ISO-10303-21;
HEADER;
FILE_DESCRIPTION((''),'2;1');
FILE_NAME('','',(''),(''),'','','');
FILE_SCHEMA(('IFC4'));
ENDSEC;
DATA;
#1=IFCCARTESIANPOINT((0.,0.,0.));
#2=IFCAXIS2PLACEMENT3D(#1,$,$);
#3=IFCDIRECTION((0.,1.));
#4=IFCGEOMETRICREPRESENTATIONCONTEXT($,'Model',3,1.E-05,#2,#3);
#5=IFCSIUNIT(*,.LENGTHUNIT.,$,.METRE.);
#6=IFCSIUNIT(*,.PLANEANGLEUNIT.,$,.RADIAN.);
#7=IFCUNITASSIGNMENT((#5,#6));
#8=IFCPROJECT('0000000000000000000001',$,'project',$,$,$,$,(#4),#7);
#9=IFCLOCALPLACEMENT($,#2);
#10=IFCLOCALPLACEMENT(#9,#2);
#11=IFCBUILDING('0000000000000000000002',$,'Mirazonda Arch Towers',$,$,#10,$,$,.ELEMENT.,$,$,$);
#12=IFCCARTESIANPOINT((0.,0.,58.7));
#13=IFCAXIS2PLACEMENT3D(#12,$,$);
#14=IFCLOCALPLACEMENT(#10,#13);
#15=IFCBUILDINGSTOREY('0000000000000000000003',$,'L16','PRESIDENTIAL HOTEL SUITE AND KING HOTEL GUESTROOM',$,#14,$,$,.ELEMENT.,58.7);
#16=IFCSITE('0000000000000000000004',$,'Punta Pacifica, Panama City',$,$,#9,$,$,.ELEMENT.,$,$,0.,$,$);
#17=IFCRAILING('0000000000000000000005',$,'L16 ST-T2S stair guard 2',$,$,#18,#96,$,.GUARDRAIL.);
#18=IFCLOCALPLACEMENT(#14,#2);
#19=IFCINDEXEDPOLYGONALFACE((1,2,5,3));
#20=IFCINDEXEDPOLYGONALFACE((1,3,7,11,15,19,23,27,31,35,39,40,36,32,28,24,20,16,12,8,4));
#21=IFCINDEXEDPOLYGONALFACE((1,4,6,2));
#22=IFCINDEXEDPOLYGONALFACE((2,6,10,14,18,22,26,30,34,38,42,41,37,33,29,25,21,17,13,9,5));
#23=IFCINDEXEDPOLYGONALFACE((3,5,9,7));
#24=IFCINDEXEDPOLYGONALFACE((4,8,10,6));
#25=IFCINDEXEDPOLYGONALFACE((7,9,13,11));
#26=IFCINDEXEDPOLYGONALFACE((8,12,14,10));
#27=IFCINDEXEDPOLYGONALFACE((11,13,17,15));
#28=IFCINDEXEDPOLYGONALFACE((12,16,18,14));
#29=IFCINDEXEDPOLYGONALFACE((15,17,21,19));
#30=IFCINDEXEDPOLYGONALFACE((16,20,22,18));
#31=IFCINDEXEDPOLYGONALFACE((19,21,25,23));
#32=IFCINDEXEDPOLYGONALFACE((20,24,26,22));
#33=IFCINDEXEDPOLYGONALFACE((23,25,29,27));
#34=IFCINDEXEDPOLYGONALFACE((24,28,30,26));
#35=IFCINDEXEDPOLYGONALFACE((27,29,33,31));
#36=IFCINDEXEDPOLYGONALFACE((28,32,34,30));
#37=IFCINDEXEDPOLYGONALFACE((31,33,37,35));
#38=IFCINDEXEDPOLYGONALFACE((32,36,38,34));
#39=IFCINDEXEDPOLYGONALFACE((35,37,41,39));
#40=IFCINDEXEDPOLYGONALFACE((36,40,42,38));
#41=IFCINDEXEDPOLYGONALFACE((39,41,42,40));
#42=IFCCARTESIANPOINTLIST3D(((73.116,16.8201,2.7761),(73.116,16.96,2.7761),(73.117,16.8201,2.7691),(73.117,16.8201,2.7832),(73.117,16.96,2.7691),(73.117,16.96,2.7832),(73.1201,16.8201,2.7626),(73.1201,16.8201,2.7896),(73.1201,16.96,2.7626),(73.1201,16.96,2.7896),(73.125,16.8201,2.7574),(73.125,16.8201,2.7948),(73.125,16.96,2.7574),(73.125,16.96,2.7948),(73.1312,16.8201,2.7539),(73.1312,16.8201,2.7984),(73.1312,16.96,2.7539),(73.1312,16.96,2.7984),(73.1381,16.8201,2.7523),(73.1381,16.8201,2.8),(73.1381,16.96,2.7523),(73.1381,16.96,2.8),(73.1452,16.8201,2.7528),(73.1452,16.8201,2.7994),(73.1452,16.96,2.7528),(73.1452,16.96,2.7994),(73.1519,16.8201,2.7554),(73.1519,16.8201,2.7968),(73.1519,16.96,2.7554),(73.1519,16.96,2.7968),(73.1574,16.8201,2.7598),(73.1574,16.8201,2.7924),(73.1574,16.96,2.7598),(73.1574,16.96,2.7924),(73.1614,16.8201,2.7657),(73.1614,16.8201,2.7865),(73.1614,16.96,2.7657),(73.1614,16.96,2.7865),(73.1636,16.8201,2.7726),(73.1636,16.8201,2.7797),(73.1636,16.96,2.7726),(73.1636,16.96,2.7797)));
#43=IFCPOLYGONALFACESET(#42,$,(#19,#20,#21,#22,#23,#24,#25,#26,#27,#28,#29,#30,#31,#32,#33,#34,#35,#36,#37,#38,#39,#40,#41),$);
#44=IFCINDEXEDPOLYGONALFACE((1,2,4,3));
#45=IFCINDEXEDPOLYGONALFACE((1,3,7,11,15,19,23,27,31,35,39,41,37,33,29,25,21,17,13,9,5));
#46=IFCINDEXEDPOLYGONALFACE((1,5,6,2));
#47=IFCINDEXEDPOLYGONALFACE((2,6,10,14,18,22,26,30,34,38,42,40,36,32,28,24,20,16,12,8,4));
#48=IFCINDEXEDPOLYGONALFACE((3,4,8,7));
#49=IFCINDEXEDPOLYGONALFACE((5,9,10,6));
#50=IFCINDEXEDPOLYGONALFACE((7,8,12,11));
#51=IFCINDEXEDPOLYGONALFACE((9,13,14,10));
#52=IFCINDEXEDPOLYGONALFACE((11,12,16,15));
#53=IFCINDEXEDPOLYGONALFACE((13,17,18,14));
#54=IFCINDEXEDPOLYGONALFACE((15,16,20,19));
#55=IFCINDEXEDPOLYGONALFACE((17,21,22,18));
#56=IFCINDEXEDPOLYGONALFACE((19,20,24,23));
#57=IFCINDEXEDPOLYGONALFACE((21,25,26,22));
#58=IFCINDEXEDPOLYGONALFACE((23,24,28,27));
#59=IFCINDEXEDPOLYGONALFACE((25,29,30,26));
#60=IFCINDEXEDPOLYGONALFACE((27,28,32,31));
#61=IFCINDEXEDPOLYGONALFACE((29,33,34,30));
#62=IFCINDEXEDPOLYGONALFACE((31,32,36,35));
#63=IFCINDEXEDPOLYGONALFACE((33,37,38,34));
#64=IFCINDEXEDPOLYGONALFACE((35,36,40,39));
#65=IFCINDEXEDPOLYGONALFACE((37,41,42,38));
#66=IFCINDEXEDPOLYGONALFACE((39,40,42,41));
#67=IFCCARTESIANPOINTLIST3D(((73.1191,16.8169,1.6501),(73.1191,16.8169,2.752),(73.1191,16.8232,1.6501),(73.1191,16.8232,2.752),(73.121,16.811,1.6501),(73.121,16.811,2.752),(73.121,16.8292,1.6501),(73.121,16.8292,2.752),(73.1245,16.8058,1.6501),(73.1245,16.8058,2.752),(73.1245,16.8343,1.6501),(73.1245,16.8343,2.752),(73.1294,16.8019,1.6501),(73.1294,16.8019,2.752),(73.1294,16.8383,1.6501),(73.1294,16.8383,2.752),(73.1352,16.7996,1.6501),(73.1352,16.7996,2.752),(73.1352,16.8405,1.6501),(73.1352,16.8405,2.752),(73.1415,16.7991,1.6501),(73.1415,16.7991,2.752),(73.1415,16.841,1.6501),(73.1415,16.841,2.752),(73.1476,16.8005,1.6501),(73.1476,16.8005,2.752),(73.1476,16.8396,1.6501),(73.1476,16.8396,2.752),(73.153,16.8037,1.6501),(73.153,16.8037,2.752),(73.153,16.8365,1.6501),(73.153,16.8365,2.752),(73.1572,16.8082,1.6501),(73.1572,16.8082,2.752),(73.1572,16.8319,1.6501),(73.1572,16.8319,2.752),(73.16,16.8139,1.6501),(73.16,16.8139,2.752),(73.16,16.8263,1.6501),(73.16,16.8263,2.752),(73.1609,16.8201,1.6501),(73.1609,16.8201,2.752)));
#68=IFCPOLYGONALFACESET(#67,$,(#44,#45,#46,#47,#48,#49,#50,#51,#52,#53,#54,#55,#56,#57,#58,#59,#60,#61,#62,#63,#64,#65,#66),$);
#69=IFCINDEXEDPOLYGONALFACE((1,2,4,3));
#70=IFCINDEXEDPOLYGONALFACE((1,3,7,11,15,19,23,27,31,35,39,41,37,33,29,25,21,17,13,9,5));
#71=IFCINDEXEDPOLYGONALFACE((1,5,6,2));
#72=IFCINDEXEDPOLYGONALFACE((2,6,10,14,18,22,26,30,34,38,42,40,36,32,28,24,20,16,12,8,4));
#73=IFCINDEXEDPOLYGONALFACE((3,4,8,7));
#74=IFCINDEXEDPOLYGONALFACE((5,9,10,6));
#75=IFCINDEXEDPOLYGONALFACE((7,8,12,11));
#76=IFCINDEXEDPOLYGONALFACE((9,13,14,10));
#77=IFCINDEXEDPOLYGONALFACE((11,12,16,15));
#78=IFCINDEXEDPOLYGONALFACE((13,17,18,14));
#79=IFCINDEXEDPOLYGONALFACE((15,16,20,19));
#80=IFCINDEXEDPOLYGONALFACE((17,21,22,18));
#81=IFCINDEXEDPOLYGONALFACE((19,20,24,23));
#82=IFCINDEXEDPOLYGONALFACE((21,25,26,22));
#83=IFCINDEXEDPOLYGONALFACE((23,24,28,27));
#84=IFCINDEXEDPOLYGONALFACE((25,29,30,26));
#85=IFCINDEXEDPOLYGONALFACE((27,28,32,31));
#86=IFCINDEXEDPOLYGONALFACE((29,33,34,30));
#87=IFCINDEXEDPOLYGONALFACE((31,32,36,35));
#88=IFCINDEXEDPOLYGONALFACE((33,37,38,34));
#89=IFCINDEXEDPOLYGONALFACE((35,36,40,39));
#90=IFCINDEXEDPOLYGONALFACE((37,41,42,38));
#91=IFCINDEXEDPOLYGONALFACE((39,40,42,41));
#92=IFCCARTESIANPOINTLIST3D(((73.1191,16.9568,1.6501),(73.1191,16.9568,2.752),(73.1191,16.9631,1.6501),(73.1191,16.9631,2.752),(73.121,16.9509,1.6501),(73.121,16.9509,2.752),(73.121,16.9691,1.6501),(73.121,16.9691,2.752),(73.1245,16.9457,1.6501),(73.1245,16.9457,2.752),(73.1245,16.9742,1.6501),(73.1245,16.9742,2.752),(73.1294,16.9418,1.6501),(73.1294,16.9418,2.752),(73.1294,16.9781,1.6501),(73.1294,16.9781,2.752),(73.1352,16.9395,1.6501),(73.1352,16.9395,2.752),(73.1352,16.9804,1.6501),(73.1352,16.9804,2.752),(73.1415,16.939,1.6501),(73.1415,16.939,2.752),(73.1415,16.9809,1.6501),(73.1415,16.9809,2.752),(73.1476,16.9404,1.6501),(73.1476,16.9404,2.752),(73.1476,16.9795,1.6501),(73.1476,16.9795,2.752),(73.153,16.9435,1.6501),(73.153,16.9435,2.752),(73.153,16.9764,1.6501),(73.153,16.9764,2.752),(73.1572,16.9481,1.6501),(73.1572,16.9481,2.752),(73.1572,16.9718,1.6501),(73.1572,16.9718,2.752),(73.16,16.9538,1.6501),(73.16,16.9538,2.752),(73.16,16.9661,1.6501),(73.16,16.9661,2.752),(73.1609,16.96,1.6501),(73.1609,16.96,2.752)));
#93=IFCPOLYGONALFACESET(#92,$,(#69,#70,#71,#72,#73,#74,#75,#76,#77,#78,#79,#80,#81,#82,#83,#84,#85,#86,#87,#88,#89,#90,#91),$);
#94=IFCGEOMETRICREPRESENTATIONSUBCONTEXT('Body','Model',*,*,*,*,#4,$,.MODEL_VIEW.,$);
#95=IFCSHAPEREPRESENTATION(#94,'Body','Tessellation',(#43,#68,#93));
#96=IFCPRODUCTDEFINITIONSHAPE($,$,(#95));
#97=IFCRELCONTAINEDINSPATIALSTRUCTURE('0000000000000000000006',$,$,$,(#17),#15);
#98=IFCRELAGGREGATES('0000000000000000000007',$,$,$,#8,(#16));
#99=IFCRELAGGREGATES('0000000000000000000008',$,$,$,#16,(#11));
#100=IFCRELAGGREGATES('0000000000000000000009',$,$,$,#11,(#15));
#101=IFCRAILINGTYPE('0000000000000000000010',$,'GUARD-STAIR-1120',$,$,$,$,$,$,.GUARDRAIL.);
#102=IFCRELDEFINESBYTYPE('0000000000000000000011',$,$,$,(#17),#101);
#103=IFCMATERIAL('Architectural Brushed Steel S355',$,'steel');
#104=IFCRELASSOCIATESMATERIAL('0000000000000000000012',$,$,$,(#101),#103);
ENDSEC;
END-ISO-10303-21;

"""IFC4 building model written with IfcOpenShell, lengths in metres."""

from ifc_helpers import new_model, si_unit, direction, frame, origin, origin_2d, place, context, subcontext, project, spatial, circle, extrude, material, type_object, element, save


model = new_model("IFC4")

# Units and contexts
model_context = context("Model", 3, precision=1e-05, world=origin(), true_north=direction((0.0, 1.0)))
body_context = subcontext(model_context, "Body", "Model", "MODEL_VIEW")
ifc_project = project(units=[si_unit("LENGTHUNIT", "METRE"), si_unit("PLANEANGLEUNIT", "RADIAN")], contexts=[model_context])

# Site, building, storey
site_placement = place(None, origin())
site = spatial("IfcSite", under=ifc_project, at=site_placement, Name="Punta Pacifica, Panama City", CompositionType="ELEMENT", RefElevation=0.0)
building_placement = place(site_placement, origin())
building = spatial("IfcBuilding", under=site, at=building_placement, Name="Mirazonda Arch Towers", CompositionType="ELEMENT")
storey_placement = place(building_placement, frame((0.0, 0.0, 58.7)))
storey = spatial("IfcBuildingStorey", under=building, at=storey_placement, Name="L16", Description="PRESIDENTIAL HOTEL SUITE AND KING HOTEL GUESTROOM", CompositionType="ELEMENT", Elevation=58.7)

# Railing
ifc_material_1 = material(Name="Architectural Brushed Steel S355", Category="steel")
railing_type_1 = type_object("IfcRailingType", Name="GUARD-STAIR-1120", PredefinedType="GUARDRAIL", material=ifc_material_1)
railing_1_placement = place(storey_placement, frame((73.1399, 16.8201, 1.6501)))
element("IfcRailing", 1, at=railing_1_placement, inside=storey, type_object=railing_type_1, Name="L16 ST-T2S stair guard 2", PredefinedType="GUARDRAIL", context=body_context, shape_type="SweptSolid", body=[
    extrude(circle(Radius=0.0239, at=origin_2d()), frame((0.0, 0.0, 1.126), z_axis=(0.0, 1.0, 0.0), x_axis=(-1.0, 0.0, 0.0)), (0.0, 0.0, 1.0), 0.1399),
    extrude(circle(Radius=0.021, at=origin_2d()), origin(), (0.0, 0.0, 1.0), 1.1018),
    extrude(circle(Radius=0.021, at=origin_2d()), frame((0.0, 0.1399, 0.0)), (0.0, 0.0, 1.0), 1.1018),
])

save(model, "model.ifc")
